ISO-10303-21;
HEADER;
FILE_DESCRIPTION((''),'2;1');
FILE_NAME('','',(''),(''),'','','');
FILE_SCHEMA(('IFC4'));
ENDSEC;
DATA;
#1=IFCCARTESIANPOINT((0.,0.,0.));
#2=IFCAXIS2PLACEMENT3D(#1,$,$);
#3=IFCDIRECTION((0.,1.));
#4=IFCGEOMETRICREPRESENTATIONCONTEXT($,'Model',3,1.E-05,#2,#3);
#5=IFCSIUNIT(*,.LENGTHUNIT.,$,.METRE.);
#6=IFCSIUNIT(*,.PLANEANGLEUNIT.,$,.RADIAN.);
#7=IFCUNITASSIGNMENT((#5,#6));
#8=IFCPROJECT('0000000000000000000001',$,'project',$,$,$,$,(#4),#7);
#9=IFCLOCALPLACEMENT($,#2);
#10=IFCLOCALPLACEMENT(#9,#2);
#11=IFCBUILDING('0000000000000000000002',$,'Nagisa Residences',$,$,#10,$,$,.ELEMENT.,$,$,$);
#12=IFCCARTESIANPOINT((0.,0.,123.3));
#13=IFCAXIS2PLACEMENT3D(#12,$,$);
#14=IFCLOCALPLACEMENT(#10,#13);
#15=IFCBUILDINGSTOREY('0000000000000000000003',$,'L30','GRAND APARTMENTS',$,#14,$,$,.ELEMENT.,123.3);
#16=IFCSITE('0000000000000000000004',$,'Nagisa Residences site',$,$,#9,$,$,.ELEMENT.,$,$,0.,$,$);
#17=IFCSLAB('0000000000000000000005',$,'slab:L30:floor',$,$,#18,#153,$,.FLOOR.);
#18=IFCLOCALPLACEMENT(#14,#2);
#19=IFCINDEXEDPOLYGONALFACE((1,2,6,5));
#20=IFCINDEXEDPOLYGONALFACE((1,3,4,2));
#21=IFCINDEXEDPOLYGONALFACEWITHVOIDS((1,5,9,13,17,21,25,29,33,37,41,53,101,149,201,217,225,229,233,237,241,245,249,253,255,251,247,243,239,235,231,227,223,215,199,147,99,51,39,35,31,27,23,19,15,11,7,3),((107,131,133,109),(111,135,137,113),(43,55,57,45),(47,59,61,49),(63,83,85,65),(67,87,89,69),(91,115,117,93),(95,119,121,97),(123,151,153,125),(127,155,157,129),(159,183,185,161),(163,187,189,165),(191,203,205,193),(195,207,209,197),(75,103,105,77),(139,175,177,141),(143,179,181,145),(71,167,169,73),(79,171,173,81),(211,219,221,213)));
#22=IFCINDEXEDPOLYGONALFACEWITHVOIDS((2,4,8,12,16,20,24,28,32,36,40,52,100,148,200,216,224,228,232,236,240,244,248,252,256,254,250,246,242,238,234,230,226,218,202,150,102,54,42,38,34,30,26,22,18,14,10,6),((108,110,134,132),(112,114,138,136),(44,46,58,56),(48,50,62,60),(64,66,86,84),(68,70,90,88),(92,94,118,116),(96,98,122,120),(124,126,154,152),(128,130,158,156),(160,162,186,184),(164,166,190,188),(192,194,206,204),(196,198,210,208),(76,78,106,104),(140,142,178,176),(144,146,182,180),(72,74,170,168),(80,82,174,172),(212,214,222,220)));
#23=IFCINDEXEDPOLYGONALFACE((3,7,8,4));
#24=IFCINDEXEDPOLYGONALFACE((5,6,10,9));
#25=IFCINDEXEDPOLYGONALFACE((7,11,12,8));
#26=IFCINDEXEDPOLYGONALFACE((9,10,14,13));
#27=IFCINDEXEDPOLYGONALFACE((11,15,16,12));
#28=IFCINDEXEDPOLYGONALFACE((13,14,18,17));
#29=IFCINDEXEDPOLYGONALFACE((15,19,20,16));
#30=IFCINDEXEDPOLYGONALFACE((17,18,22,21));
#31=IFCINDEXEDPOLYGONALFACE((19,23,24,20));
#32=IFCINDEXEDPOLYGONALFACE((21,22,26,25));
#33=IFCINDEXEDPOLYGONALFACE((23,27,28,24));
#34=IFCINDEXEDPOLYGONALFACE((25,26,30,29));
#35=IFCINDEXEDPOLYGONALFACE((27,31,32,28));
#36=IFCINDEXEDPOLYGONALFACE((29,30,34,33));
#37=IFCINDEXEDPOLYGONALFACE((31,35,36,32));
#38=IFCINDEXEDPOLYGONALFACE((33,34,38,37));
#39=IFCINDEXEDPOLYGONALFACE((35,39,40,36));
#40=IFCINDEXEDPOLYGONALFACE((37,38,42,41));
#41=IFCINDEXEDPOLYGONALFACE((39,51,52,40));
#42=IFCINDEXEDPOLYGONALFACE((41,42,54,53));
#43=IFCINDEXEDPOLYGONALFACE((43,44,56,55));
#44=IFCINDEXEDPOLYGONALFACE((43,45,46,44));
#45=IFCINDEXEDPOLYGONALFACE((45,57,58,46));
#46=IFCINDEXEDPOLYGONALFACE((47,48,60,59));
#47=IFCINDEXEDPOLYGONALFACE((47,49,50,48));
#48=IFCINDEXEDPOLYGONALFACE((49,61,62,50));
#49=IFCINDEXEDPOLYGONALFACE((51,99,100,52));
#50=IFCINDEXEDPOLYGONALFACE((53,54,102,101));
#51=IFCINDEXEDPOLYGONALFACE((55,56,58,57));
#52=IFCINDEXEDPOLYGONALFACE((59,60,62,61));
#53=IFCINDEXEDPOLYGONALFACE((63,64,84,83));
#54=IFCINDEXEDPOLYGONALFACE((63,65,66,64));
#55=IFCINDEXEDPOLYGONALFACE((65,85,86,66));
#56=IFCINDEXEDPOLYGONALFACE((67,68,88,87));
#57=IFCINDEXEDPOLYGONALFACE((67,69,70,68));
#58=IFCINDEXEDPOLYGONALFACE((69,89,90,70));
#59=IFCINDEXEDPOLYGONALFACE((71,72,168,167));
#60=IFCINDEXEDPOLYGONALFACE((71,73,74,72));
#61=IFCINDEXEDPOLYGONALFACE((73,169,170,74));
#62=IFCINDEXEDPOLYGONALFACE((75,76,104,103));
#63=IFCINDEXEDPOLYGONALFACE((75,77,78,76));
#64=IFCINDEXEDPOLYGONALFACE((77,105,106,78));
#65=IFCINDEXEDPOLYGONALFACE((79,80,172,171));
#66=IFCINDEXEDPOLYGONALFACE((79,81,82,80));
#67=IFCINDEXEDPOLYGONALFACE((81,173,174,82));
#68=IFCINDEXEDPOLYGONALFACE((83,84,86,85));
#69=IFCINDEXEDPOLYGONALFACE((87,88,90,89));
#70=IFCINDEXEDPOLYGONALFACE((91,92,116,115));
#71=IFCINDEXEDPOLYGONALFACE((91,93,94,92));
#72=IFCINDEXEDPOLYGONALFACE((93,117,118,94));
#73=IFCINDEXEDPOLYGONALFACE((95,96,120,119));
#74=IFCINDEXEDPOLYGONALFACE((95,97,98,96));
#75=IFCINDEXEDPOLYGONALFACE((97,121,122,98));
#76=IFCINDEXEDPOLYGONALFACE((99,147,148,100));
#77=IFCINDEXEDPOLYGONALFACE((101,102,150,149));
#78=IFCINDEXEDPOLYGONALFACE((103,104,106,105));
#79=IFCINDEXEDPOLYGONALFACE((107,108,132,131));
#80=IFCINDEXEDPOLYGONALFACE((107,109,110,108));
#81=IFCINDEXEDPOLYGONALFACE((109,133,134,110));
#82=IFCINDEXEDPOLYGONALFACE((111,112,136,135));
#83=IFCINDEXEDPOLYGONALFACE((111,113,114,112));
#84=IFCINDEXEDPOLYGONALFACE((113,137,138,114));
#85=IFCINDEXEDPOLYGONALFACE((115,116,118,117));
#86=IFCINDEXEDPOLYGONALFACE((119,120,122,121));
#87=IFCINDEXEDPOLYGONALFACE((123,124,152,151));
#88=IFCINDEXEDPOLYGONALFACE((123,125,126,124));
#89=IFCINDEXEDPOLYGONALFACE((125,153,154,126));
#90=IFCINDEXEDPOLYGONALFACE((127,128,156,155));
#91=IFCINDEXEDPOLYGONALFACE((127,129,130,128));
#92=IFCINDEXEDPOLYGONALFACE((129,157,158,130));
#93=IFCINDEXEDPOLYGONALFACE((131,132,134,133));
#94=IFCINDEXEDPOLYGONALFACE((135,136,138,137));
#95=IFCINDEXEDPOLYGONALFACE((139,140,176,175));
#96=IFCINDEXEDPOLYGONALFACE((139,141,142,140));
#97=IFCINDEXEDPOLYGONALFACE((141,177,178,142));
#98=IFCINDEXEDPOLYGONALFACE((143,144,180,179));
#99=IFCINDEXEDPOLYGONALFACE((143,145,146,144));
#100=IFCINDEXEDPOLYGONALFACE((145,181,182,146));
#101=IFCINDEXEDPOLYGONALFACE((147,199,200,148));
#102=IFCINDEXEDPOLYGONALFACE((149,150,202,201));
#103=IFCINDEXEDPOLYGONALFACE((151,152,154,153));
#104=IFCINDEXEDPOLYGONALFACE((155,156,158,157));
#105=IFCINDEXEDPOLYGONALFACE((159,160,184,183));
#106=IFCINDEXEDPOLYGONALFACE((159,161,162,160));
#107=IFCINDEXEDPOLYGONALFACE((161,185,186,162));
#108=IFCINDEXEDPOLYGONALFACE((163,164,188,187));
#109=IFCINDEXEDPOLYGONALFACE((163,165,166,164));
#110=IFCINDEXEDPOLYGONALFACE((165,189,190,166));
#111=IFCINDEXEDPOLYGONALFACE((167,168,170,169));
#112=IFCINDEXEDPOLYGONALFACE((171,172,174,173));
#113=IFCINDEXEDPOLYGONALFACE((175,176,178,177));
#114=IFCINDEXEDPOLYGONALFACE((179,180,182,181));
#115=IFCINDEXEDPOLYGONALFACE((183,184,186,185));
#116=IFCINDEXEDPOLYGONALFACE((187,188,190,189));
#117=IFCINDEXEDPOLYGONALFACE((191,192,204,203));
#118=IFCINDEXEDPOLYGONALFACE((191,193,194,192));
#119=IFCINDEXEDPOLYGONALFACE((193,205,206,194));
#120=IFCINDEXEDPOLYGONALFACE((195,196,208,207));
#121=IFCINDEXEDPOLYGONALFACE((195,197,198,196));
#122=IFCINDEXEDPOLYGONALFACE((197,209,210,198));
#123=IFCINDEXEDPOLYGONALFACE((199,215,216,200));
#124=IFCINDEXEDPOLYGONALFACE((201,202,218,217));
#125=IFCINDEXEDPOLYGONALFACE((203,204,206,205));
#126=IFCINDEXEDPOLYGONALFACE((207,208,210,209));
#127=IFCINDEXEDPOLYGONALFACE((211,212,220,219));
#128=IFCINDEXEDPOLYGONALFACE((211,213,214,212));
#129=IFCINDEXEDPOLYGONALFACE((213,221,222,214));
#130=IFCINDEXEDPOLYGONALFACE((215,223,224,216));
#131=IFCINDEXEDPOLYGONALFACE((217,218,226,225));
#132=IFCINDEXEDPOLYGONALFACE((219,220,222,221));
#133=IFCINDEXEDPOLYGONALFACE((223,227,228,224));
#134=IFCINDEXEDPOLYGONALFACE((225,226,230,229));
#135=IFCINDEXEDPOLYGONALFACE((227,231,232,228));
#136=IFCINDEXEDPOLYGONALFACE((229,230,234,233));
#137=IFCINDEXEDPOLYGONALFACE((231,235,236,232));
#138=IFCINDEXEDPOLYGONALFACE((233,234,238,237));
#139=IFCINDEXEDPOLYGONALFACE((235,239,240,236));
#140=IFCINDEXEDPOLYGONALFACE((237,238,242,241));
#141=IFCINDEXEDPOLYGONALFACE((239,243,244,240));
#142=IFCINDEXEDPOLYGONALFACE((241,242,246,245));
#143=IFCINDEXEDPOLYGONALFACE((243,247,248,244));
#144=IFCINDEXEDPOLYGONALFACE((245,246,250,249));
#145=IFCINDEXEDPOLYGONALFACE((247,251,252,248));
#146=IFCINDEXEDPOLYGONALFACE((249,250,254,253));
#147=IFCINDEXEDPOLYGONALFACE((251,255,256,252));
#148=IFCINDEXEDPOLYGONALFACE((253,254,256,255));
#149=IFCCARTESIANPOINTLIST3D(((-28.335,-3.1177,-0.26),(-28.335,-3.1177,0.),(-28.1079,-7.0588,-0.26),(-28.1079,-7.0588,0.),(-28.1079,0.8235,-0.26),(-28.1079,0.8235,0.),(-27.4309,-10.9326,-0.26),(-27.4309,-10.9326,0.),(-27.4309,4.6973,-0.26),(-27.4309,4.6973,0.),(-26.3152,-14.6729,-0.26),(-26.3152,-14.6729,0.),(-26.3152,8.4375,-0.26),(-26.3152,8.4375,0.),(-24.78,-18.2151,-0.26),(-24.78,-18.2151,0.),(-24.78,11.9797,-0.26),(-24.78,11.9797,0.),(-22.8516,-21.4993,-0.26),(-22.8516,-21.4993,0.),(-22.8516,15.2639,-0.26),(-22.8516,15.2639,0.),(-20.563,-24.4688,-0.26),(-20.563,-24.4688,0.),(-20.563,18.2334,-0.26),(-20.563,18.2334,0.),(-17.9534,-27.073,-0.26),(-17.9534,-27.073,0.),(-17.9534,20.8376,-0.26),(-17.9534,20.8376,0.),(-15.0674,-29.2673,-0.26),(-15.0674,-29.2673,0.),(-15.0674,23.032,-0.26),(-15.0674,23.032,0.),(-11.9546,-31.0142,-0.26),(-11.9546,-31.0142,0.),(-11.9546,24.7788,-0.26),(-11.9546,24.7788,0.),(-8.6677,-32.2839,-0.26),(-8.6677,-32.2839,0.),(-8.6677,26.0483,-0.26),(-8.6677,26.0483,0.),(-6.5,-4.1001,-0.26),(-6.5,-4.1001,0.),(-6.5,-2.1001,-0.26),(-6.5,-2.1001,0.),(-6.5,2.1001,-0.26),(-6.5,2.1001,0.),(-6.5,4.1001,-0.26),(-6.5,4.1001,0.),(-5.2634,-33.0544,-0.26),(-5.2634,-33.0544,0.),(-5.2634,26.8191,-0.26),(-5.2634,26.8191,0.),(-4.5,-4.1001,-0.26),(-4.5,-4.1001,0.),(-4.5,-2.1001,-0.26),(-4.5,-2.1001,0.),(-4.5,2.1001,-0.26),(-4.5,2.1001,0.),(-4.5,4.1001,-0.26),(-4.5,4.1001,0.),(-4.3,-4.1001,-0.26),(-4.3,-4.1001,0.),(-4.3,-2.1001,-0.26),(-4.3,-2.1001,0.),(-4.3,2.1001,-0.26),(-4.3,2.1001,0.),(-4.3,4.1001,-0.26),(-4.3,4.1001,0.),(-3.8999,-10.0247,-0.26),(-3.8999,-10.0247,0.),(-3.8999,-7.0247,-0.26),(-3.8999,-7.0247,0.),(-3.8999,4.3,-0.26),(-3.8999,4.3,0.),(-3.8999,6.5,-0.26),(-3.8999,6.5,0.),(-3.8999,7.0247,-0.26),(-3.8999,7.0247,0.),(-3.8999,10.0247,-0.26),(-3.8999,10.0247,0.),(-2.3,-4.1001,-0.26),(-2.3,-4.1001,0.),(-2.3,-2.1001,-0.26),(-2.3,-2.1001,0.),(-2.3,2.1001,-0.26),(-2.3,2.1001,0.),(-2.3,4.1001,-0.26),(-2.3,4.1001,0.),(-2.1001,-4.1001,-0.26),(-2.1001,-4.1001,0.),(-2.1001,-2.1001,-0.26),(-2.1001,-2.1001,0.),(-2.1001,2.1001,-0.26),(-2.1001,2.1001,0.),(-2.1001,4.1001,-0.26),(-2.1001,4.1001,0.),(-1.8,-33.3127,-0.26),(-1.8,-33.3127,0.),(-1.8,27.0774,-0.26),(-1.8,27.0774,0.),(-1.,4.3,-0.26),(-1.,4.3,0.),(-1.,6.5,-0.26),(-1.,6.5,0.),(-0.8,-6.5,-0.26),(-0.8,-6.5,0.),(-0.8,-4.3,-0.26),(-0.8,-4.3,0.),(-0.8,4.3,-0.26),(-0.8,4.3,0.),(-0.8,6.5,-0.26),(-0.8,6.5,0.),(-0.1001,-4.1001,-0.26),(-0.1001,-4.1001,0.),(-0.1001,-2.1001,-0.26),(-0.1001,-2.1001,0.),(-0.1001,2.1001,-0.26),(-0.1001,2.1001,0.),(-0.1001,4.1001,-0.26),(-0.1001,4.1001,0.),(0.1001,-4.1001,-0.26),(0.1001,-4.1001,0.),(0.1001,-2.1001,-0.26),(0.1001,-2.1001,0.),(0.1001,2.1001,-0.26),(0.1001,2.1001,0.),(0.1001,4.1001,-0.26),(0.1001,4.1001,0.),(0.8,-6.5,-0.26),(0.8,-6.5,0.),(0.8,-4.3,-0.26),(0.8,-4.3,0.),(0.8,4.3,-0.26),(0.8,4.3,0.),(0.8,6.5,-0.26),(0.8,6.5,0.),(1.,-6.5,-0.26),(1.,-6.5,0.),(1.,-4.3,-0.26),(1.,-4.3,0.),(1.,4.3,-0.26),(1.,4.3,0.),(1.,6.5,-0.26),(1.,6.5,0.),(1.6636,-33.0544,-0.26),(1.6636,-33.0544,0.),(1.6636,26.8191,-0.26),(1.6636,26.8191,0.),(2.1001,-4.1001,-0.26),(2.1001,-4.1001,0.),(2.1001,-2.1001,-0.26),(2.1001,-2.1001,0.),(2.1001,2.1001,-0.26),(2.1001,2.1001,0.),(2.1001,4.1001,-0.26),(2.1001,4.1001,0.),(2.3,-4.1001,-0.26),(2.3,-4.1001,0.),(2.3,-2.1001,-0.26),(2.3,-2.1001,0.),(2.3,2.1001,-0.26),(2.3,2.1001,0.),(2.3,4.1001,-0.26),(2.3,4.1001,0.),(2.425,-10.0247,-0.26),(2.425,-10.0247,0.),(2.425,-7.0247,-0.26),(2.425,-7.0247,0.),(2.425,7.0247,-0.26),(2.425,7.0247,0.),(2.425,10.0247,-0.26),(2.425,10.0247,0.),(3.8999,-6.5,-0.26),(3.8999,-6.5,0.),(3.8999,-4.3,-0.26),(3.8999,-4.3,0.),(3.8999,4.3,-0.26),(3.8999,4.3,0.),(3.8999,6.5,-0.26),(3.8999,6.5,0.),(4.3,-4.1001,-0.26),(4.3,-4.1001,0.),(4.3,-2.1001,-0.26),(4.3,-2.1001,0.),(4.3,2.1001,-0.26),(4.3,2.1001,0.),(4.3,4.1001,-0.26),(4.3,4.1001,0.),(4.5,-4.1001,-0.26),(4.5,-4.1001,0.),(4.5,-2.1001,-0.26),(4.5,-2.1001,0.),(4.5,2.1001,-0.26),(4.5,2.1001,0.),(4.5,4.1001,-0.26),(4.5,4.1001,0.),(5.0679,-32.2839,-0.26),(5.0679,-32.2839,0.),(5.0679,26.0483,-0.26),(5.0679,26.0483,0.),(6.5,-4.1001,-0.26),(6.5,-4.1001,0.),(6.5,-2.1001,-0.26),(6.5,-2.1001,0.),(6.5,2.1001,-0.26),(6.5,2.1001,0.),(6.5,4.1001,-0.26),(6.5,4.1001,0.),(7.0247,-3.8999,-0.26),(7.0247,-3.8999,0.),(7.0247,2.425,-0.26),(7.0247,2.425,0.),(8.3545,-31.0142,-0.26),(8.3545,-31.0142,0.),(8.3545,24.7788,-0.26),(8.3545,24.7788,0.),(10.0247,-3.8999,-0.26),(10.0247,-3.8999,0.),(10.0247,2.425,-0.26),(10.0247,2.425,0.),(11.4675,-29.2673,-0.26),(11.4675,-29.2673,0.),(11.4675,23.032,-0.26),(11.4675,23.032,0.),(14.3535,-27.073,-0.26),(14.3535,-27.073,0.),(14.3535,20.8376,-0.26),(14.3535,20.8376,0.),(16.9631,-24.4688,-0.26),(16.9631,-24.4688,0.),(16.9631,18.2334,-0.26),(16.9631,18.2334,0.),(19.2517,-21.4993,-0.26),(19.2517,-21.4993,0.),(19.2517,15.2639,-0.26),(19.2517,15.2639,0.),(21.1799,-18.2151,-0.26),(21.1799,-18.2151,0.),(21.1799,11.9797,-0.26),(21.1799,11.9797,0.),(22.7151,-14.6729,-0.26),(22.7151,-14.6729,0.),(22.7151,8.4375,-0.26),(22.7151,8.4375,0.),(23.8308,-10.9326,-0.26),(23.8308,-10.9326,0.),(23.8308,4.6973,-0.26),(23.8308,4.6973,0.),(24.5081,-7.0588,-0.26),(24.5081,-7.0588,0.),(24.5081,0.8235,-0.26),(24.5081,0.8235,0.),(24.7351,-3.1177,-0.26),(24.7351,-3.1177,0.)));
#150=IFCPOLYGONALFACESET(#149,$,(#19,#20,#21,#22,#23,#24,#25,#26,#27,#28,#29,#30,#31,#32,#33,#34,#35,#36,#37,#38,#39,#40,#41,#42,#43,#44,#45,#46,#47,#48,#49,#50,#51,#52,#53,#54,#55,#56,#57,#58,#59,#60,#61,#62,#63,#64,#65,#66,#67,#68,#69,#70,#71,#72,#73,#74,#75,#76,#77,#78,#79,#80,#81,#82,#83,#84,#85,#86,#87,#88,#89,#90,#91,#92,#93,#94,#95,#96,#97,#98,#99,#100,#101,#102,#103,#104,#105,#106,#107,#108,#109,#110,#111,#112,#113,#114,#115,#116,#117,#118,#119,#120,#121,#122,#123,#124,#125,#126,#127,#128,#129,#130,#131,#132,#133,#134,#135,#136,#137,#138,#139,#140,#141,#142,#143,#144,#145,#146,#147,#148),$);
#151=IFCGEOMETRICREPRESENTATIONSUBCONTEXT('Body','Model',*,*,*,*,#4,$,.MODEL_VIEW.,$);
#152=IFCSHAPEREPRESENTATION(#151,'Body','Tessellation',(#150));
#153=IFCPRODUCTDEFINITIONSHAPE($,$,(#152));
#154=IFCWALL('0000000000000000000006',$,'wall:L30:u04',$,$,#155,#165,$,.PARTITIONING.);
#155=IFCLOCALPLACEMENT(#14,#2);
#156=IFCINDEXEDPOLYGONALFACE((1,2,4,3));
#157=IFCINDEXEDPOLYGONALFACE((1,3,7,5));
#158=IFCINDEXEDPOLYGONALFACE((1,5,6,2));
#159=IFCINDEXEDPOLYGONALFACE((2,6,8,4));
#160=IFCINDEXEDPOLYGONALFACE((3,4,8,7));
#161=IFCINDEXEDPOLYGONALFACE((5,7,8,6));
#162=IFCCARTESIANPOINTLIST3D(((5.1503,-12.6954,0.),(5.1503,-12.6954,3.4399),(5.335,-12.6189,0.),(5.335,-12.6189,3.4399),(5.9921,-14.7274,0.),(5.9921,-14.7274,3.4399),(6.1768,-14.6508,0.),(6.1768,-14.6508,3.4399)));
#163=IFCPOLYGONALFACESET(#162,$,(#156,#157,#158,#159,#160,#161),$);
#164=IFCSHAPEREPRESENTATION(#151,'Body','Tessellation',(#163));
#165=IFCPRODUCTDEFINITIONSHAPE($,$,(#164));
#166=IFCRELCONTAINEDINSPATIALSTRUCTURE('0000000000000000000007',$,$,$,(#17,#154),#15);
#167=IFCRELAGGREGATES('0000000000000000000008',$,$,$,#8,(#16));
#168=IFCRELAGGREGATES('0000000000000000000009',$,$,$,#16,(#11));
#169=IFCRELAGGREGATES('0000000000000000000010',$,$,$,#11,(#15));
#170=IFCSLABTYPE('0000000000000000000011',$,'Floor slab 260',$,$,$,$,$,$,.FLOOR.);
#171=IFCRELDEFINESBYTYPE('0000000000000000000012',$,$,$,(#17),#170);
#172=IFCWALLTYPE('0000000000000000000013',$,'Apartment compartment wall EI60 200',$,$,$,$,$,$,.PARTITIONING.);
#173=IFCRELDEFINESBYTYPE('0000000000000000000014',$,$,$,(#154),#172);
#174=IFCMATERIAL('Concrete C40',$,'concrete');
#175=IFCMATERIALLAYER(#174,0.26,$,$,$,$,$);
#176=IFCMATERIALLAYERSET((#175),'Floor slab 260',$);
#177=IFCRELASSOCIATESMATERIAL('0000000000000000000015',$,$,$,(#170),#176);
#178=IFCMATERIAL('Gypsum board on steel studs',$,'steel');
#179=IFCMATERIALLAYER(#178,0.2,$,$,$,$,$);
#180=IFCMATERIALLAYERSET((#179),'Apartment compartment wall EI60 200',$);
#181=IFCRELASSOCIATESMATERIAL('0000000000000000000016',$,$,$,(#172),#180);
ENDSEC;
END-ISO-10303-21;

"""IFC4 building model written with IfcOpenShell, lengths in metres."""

from ifc_helpers import new_model, si_unit, direction, frame, frame_2d, origin, place, context, subcontext, project, spatial, polyline, rectangle, outline, extrude, material, layer, layer_set, type_object, element, save


model = new_model("IFC4")

# Units and contexts
model_context = context("Model", 3, precision=1e-05, world=origin(), true_north=direction((0.0, 1.0)))
body_context = subcontext(model_context, "Body", "Model", "MODEL_VIEW")
ifc_project = project(units=[si_unit("LENGTHUNIT", "METRE"), si_unit("PLANEANGLEUNIT", "RADIAN")], contexts=[model_context])

# Site, building, storey
site_placement = place(None, origin())
site = spatial("IfcSite", under=ifc_project, at=site_placement, Name="Nagisa Residences site", CompositionType="ELEMENT", RefElevation=0.0)
building_placement = place(site_placement, origin())
building = spatial("IfcBuilding", under=site, at=building_placement, Name="Nagisa Residences", CompositionType="ELEMENT")
storey_placement = place(building_placement, frame((0.0, 0.0, 123.3)))
storey = spatial("IfcBuildingStorey", under=building, at=storey_placement, Name="L30", Description="GRAND APARTMENTS", CompositionType="ELEMENT", Elevation=123.3)

# Slab
ifc_material_1 = material(Name="Concrete C40", Category="concrete")
ifc_layer_1 = layer(ifc_material_1, 0.26)
ifc_layer_set_1 = layer_set([ifc_layer_1], Name="Floor slab 260")
slab_type_1 = type_object("IfcSlabType", Name="Floor slab 260", PredefinedType="FLOOR", material=ifc_layer_set_1)
slab_1_placement = place(storey_placement, frame((0.0, 0.0, -0.26)))
element("IfcSlab", 1, at=slab_1_placement, inside=storey, type_object=slab_type_1, Name="slab:L30:floor", PredefinedType="FLOOR", context=body_context, shape_type="SweptSolid", body=[
    extrude(outline(polyline([(24.7351, -3.1177), (24.5081, 0.8235), (23.8308, 4.6973), (22.7151, 8.4375), (21.1799, 11.9797), (19.2517, 15.2639), (16.9631, 18.2334), (14.3535, 20.8376), (11.4675, 23.032), (8.3545, 24.7788), (5.0679, 26.0483), (1.6636, 26.8191), (-1.8, 27.0774), (-5.2634, 26.8191), (-8.6677, 26.0483), (-11.9546, 24.7788), (-15.0674, 23.032), (-17.9534, 20.8376), (-20.563, 18.2334), (-22.8516, 15.2639), (-24.78, 11.9797), (-26.3152, 8.4375), (-27.4309, 4.6973), (-28.1079, 0.8235), (-28.335, -3.1177), (-28.1079, -7.0588), (-27.4309, -10.9326), (-26.3152, -14.6729), (-24.78, -18.2151), (-22.8516, -21.4993), (-20.563, -24.4688), (-17.9534, -27.073), (-15.0674, -29.2673), (-11.9546, -31.0142), (-8.6677, -32.2839), (-5.2634, -33.0544), (-1.8, -33.3127), (1.6636, -33.0544), (5.0679, -32.2839), (8.3545, -31.0142), (11.4675, -29.2673), (14.3535, -27.073), (16.9631, -24.4688), (19.2517, -21.4993), (21.1799, -18.2151), (22.7151, -14.6729), (23.8308, -10.9326), (24.5081, -7.0588), (24.7351, -3.1177)]), holes=[polyline([(-4.5, 2.1001), (-4.5, 4.1001), (-6.5, 4.1001), (-6.5, 2.1001), (-4.5, 2.1001)]), polyline([(-2.3, 2.1001), (-2.3, 4.1001), (-4.3, 4.1001), (-4.3, 2.1001), (-2.3, 2.1001)]), polyline([(-0.1001, 2.1001), (-0.1001, 4.1001), (-2.1001, 4.1001), (-2.1001, 2.1001), (-0.1001, 2.1001)]), polyline([(2.1001, 2.1001), (2.1001, 4.1001), (0.1001, 4.1001), (0.1001, 2.1001), (2.1001, 2.1001)]), polyline([(4.3, 2.1001), (4.3, 4.1001), (2.3, 4.1001), (2.3, 2.1001), (4.3, 2.1001)]), polyline([(6.5, 2.1001), (6.5, 4.1001), (4.5, 4.1001), (4.5, 2.1001), (6.5, 2.1001)]), polyline([(-4.5, -4.1001), (-4.5, -2.1001), (-6.5, -2.1001), (-6.5, -4.1001), (-4.5, -4.1001)]), polyline([(-2.3, -4.1001), (-2.3, -2.1001), (-4.3, -2.1001), (-4.3, -4.1001), (-2.3, -4.1001)]), polyline([(-0.1001, -4.1001), (-0.1001, -2.1001), (-2.1001, -2.1001), (-2.1001, -4.1001), (-0.1001, -4.1001)]), polyline([(2.1001, -4.1001), (2.1001, -2.1001), (0.1001, -2.1001), (0.1001, -4.1001), (2.1001, -4.1001)]), polyline([(4.3, -4.1001), (4.3, -2.1001), (2.3, -2.1001), (2.3, -4.1001), (4.3, -4.1001)]), polyline([(6.5, -4.1001), (6.5, -2.1001), (4.5, -2.1001), (4.5, -4.1001), (6.5, -4.1001)]), polyline([(3.8999, 4.3), (3.8999, 6.5), (1.0, 6.5), (1.0, 4.3), (3.8999, 4.3)]), polyline([(3.8999, -6.5), (3.8999, -4.3), (1.0, -4.3), (1.0, -6.5), (3.8999, -6.5)]), polyline([(-1.0, 4.3), (-1.0, 6.5), (-3.8999, 6.5), (-3.8999, 4.3), (-1.0, 4.3)]), polyline([(0.8, 4.3), (0.8, 6.5), (-0.8, 6.5), (-0.8, 4.3), (0.8, 4.3)]), polyline([(0.8, -6.5), (0.8, -4.3), (-0.8, -4.3), (-0.8, -6.5), (0.8, -6.5)]), polyline([(10.0247, -3.8999), (7.0247, -3.8999), (7.0247, 2.425), (10.0247, 2.425), (10.0247, -3.8999)]), polyline([(-3.8999, 7.0247), (-3.8999, 10.0247), (2.425, 10.0247), (2.425, 7.0247), (-3.8999, 7.0247)]), polyline([(-3.8999, -10.0247), (-3.8999, -7.0247), (2.425, -7.0247), (2.425, -10.0247), (-3.8999, -10.0247)])]), origin(), (0.0, 0.0, 1.0), 0.26),
])

# Wall
ifc_material_2 = material(Name="Gypsum board on steel studs", Category="steel")
ifc_layer_2 = layer(ifc_material_2, 0.2)
ifc_layer_set_2 = layer_set([ifc_layer_2], Name="Apartment compartment wall EI60 200")
wall_type_1 = type_object("IfcWallType", Name="Apartment compartment wall EI60 200", PredefinedType="PARTITIONING", material=ifc_layer_set_2)
wall_1_placement = place(storey_placement, frame((5.2427, -12.6572, 0.0), z_axis=(0.0, 0.0, 1.0), x_axis=(0.382731, -0.92386, 0.0)))
element("IfcWall", 2, at=wall_1_placement, inside=storey, type_object=wall_type_1, Name="wall:L30:u04", PredefinedType="PARTITIONING", context=body_context, shape_type="SweptSolid", body=[
    extrude(rectangle(XDim=2.1995, YDim=0.2, at=frame_2d((1.0996, 0.0))), origin(), (0.0, 0.0, 1.0), 3.4399),
])

save(model, "model.ifc")
